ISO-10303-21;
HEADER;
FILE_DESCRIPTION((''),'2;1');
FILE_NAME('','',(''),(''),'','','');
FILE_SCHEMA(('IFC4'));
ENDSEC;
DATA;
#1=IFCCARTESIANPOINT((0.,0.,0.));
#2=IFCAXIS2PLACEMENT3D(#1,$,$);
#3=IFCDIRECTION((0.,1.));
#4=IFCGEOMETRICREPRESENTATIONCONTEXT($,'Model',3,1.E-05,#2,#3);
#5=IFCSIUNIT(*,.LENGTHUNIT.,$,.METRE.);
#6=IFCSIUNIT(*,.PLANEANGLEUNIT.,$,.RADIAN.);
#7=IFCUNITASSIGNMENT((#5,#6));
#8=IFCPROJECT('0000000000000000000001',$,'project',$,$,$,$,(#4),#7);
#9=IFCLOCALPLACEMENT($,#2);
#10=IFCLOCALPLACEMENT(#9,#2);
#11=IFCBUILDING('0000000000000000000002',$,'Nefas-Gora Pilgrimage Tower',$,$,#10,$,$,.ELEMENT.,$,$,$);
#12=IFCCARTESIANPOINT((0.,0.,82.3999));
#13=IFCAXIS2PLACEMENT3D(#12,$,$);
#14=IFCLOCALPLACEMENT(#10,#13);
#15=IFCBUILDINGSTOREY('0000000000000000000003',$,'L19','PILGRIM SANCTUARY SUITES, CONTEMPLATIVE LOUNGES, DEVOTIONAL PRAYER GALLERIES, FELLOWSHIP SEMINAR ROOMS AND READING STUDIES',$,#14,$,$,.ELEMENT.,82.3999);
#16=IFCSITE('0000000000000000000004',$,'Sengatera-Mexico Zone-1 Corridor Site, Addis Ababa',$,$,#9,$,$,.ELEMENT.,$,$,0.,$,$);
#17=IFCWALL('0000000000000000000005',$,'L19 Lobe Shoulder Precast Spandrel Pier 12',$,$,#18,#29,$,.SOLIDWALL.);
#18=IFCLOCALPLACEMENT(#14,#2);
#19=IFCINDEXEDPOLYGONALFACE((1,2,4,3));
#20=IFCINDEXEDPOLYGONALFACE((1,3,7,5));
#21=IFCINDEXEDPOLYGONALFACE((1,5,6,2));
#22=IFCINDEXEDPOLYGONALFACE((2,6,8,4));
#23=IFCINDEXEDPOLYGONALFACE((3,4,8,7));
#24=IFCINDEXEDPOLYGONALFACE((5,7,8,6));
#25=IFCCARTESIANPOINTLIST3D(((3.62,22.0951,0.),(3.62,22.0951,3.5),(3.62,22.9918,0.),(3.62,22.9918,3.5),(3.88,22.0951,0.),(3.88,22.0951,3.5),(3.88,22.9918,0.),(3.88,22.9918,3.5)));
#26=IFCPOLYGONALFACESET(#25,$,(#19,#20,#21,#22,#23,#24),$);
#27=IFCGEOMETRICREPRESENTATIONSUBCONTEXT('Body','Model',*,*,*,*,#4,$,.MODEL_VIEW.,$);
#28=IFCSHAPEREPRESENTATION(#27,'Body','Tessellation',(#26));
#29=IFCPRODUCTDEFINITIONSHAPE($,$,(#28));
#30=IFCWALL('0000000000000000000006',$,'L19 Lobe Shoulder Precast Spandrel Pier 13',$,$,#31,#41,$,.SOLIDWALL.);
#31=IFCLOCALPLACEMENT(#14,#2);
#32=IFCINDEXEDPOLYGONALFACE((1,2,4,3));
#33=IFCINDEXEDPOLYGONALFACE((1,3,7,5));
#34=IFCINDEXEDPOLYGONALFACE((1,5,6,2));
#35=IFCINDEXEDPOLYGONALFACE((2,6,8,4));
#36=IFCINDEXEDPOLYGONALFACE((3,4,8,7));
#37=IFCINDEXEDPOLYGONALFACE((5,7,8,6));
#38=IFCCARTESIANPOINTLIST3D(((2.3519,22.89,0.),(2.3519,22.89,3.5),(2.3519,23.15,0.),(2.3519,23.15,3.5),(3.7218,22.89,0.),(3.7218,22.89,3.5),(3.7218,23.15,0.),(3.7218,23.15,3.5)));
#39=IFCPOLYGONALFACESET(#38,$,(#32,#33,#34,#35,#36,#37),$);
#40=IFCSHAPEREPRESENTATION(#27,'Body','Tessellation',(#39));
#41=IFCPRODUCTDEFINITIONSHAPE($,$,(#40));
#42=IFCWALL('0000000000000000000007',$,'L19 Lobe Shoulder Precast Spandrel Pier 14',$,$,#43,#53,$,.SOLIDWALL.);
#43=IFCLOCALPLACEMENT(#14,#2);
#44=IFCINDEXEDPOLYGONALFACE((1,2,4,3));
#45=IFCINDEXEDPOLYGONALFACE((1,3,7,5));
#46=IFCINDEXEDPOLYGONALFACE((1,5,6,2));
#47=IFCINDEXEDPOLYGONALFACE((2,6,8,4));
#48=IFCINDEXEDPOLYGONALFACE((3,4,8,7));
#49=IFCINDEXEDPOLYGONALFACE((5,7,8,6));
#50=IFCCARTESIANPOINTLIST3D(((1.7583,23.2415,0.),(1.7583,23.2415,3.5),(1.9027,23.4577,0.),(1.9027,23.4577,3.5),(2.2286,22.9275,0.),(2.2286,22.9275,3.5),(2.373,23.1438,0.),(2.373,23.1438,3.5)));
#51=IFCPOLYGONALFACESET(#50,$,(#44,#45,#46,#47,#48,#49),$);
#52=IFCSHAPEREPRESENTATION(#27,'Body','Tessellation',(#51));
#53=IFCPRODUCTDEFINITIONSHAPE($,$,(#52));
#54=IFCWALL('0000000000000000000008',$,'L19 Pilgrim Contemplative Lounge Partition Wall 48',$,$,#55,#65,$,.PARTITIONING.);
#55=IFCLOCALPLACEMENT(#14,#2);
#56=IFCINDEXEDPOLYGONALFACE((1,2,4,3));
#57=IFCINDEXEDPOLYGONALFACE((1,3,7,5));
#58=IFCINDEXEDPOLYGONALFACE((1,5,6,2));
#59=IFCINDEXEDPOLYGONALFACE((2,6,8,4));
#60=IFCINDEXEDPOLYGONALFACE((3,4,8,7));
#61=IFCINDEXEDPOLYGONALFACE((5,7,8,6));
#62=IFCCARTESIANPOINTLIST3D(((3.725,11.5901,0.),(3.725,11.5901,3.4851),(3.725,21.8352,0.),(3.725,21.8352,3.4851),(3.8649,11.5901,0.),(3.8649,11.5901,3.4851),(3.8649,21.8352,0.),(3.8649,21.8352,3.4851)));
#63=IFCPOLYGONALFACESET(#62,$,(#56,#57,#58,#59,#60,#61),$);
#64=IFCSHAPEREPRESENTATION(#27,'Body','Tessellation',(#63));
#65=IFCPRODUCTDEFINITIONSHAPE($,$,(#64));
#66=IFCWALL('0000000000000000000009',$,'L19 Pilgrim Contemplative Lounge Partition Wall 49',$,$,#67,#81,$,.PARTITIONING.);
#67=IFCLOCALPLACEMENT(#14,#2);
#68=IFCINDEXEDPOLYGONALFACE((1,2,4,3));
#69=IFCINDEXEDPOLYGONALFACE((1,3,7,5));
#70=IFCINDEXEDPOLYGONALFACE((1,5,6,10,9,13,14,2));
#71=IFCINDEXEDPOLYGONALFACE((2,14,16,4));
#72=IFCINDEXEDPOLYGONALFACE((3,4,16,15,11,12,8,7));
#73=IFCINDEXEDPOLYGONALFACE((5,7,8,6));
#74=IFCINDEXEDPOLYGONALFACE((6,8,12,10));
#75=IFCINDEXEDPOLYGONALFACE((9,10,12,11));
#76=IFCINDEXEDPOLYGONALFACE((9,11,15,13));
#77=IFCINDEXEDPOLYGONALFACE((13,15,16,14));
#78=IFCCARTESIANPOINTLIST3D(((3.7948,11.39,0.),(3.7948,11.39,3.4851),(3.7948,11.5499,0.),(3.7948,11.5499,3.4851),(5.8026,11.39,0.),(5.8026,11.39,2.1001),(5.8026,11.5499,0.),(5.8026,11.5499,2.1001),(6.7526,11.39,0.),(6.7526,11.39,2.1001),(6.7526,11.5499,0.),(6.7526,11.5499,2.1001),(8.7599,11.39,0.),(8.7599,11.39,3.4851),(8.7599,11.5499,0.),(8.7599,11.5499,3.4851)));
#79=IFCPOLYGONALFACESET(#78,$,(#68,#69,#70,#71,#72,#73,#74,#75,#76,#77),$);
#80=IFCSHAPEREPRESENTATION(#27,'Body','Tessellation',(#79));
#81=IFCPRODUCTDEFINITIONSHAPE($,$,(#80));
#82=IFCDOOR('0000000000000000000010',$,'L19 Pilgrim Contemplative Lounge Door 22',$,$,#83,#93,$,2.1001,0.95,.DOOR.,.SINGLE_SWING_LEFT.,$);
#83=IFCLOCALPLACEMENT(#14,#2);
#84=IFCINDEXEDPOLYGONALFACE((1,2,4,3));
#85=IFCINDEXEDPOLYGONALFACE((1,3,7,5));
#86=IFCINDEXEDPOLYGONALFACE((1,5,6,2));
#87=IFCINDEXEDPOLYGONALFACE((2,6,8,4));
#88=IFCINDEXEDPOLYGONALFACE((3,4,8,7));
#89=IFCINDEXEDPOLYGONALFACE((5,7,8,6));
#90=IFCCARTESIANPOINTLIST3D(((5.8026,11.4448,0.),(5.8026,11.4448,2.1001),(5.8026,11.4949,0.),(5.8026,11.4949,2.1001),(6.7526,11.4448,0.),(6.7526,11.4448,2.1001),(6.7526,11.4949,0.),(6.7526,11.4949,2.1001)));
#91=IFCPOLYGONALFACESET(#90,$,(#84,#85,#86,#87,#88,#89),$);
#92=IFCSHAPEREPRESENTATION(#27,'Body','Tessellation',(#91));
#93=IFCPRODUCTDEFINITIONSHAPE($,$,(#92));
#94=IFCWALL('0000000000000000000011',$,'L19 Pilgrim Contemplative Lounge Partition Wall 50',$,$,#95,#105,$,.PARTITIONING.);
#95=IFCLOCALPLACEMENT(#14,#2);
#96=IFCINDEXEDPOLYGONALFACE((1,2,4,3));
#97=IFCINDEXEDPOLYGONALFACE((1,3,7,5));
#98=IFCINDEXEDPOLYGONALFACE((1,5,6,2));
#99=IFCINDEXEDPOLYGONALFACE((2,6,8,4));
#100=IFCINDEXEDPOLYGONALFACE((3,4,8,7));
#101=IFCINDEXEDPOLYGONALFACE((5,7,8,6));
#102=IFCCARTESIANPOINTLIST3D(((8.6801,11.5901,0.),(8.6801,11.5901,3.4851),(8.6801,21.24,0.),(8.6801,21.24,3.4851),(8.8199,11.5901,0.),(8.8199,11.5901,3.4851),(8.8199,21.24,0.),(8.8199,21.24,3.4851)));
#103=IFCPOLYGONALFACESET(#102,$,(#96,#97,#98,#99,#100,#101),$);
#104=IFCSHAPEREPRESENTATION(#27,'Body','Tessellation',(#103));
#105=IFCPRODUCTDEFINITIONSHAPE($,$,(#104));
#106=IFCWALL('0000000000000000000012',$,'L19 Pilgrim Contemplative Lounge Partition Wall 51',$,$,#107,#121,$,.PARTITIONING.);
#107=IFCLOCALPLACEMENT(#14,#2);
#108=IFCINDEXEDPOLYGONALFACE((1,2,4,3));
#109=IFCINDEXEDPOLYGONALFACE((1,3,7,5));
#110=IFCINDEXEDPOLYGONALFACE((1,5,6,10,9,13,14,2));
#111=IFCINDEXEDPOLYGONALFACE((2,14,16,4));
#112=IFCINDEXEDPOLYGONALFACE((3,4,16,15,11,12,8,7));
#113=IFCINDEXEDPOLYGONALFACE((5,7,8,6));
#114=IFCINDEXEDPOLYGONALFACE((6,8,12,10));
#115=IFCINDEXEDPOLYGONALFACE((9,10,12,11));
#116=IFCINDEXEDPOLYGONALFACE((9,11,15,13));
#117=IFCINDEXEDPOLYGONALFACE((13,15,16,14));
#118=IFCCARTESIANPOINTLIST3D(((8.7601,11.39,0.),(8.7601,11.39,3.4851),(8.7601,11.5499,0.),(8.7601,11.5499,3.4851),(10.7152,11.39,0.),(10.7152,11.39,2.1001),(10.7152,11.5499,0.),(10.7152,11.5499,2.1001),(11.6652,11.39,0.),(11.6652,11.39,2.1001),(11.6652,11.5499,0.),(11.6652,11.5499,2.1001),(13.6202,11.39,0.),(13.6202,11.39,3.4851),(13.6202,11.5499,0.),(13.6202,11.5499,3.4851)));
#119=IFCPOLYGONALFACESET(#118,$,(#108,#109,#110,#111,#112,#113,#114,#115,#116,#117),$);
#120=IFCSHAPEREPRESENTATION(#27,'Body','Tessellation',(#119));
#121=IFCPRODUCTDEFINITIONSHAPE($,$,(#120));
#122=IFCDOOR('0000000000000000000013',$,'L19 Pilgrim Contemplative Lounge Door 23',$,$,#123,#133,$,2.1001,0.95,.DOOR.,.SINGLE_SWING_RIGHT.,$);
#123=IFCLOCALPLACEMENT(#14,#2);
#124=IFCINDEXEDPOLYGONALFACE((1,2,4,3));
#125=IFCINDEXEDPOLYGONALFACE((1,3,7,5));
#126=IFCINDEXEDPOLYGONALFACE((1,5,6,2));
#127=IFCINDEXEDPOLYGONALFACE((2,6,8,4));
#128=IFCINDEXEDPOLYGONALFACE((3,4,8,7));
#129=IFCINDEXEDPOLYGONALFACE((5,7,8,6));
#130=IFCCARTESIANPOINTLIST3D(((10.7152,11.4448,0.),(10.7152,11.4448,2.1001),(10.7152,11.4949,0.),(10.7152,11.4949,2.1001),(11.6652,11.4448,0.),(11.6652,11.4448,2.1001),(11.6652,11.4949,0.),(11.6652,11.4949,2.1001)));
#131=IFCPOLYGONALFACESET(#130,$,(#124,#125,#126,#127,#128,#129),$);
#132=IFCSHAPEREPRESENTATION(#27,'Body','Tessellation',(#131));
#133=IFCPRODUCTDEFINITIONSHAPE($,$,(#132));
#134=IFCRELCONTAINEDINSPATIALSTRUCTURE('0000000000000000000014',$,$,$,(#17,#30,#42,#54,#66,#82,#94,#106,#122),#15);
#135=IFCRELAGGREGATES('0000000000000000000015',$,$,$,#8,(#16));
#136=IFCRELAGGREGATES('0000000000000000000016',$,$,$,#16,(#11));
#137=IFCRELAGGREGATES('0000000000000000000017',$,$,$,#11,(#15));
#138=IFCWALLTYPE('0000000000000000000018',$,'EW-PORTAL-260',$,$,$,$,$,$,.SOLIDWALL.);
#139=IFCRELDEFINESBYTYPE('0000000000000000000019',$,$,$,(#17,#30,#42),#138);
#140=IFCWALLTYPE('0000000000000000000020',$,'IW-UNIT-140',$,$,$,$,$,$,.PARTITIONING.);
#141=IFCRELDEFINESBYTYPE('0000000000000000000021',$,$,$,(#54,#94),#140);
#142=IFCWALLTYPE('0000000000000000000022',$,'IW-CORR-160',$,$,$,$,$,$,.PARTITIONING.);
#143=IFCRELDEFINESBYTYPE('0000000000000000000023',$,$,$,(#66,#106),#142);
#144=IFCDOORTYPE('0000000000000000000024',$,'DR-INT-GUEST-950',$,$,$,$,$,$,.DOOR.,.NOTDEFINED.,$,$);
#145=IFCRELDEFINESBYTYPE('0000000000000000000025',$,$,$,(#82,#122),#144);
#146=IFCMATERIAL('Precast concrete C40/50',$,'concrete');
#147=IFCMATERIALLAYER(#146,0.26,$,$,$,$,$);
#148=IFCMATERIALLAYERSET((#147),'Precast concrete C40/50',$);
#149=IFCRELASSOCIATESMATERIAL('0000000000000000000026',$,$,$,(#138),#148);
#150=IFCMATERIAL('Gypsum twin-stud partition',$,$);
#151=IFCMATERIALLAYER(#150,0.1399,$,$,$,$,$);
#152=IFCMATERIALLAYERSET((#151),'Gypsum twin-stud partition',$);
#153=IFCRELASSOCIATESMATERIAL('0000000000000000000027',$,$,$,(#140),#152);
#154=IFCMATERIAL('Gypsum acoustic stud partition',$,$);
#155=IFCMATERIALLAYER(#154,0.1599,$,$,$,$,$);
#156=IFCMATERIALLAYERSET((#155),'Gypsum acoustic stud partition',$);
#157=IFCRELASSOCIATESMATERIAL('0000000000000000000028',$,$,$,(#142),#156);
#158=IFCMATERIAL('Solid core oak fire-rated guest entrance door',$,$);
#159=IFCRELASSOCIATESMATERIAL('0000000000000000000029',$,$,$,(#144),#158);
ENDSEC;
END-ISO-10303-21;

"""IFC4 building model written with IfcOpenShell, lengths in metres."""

from ifc_helpers import new_model, si_unit, direction, frame, frame_2d, origin, place, context, subcontext, project, spatial, rectangle, extrude, source, transform, mapped, material, layer, layer_set, type_object, element, fill, save


model = new_model("IFC4")

# Units and contexts
model_context = context("Model", 3, precision=1e-05, world=origin(), true_north=direction((0.0, 1.0)))
body_context = subcontext(model_context, "Body", "Model", "MODEL_VIEW")
ifc_project = project(units=[si_unit("LENGTHUNIT", "METRE"), si_unit("PLANEANGLEUNIT", "RADIAN")], contexts=[model_context])

# Site, building, storey
site_placement = place(None, origin())
site = spatial("IfcSite", under=ifc_project, at=site_placement, Name="Sengatera-Mexico Zone-1 Corridor Site, Addis Ababa", CompositionType="ELEMENT", RefElevation=0.0)
building_placement = place(site_placement, origin())
building = spatial("IfcBuilding", under=site, at=building_placement, Name="Nefas-Gora Pilgrimage Tower", CompositionType="ELEMENT")
storey_placement = place(building_placement, frame((0.0, 0.0, 82.3999)))
storey = spatial("IfcBuildingStorey", under=building, at=storey_placement, Name="L19", Description="PILGRIM SANCTUARY SUITES, CONTEMPLATIVE LOUNGES, DEVOTIONAL PRAYER GALLERIES, FELLOWSHIP SEMINAR ROOMS AND READING STUDIES", CompositionType="ELEMENT", Elevation=82.3999)

# Walls
ifc_material_1 = material(Name="Precast concrete C40/50", Category="concrete")
ifc_layer_1 = layer(ifc_material_1, 0.26)
ifc_layer_set_1 = layer_set([ifc_layer_1], Name="Precast concrete C40/50")
wall_type_1 = type_object("IfcWallType", Name="EW-PORTAL-260", PredefinedType="SOLIDWALL", material=ifc_layer_set_1)
shared_shape_1 = source(origin(), body_context, "Body", "SweptSolid", [
    extrude(rectangle(XDim=0.8967, YDim=0.26, at=frame_2d((0.4482, 0.0))), origin(), (0.0, 0.0, 1.0), 3.5),
])
wall_1_placement = place(storey_placement, frame((3.75, 22.0952, 0.0), z_axis=(0.0, 0.0, 1.0), x_axis=(0.0, 1.0, 0.0)))
element("IfcWall", 1, at=wall_1_placement, inside=storey, type_object=wall_type_1, Name="L19 Lobe Shoulder Precast Spandrel Pier 12", PredefinedType="SOLIDWALL", context=body_context, shape_type="MappedRepresentation", body=[
    mapped(shared_shape_1, transform((0.0, 0.0, 0.0), x_axis=(1.0, 0.0, 0.0), y_axis=(0.0, 1.0, 0.0), z_axis=(0.0, 0.0, 1.0), scale=1.0)),
])
shared_shape_2 = source(origin(), body_context, "Body", "SweptSolid", [
    extrude(rectangle(XDim=1.3699, YDim=0.26, at=frame_2d((0.6851, 0.0))), origin(), (0.0, 0.0, 1.0), 3.5),
])
wall_2_placement = place(storey_placement, frame((3.7219, 23.02, 0.0), z_axis=(0.0, 0.0, 1.0), x_axis=(-1.0, 0.0, 0.0)))
element("IfcWall", 2, at=wall_2_placement, inside=storey, type_object=wall_type_1, Name="L19 Lobe Shoulder Precast Spandrel Pier 13", PredefinedType="SOLIDWALL", context=body_context, shape_type="MappedRepresentation", body=[
    mapped(shared_shape_2, transform((0.0, 0.0, 0.0), x_axis=(1.0, 0.0, 0.0), y_axis=(0.0, 1.0, 0.0), z_axis=(0.0, 0.0, 1.0), scale=1.0)),
])
shared_shape_3 = source(origin(), body_context, "Body", "SweptSolid", [
    extrude(rectangle(XDim=0.5654, YDim=0.26, at=frame_2d((0.2827, 0.0))), origin(), (0.0, 0.0, 1.0), 3.5),
])
wall_3_placement = place(storey_placement, frame((2.3008, 23.0356, 0.0), z_axis=(0.0, 0.0, 1.0), x_axis=(-0.831651, 0.555298, 0.0)))
element("IfcWall", 3, at=wall_3_placement, inside=storey, type_object=wall_type_1, Name="L19 Lobe Shoulder Precast Spandrel Pier 14", PredefinedType="SOLIDWALL", context=body_context, shape_type="MappedRepresentation", body=[
    mapped(shared_shape_3, transform((0.0, 0.0, 0.0), x_axis=(1.0, 0.0, 0.0), y_axis=(0.0, 1.0, 0.0), z_axis=(0.0, 0.0, 1.0), scale=1.0)),
])
ifc_material_2 = material(Name="Gypsum twin-stud partition")
ifc_layer_2 = layer(ifc_material_2, 0.1399)
ifc_layer_set_2 = layer_set([ifc_layer_2], Name="Gypsum twin-stud partition")
wall_type_2 = type_object("IfcWallType", Name="IW-UNIT-140", PredefinedType="PARTITIONING", material=ifc_layer_set_2)
shared_shape_4 = source(origin(), body_context, "Body", "SweptSolid", [
    extrude(rectangle(XDim=10.2451, YDim=0.1399, at=frame_2d((5.1226, 0.0))), origin(), (0.0, 0.0, 1.0), 3.4851),
])
wall_4_placement = place(storey_placement, frame((3.7949, 11.5901, 0.0), z_axis=(0.0, 0.0, 1.0), x_axis=(0.0, 1.0, 0.0)))
element("IfcWall", 4, at=wall_4_placement, inside=storey, type_object=wall_type_2, Name="L19 Pilgrim Contemplative Lounge Partition Wall 48", PredefinedType="PARTITIONING", context=body_context, shape_type="MappedRepresentation", body=[
    mapped(shared_shape_4, transform((0.0, 0.0, 0.0), x_axis=(1.0, 0.0, 0.0), y_axis=(0.0, 1.0, 0.0), z_axis=(0.0, 0.0, 1.0), scale=1.0)),
])

# Wall, opening, door
ifc_material_3 = material(Name="Gypsum acoustic stud partition")
ifc_layer_3 = layer(ifc_material_3, 0.1599)
ifc_layer_set_3 = layer_set([ifc_layer_3], Name="Gypsum acoustic stud partition")
wall_type_3 = type_object("IfcWallType", Name="IW-CORR-160", PredefinedType="PARTITIONING", material=ifc_layer_set_3)
shared_shape_5 = source(origin(), body_context, "Body", "SweptSolid", [
    extrude(rectangle(XDim=4.9651, YDim=0.1599, at=frame_2d((2.4824, 0.0))), origin(), (0.0, 0.0, 1.0), 3.4851),
])
wall_5_placement = place(storey_placement, frame((3.7949, 11.47, 0.0), z_axis=(0.0, 0.0, 1.0), x_axis=(1.0, 0.0, 0.0)))
wall_5 = element("IfcWall", 5, at=wall_5_placement, inside=storey, type_object=wall_type_3, Name="L19 Pilgrim Contemplative Lounge Partition Wall 49", PredefinedType="PARTITIONING", context=body_context, shape_type="MappedRepresentation", body=[
    mapped(shared_shape_5, transform((0.0, 0.0, 0.0), x_axis=(1.0, 0.0, 0.0), y_axis=(0.0, 1.0, 0.0), z_axis=(0.0, 0.0, 1.0), scale=1.0)),
])
opening_1_placement = place(wall_5_placement, frame((2.0076, 0.0, 0.0)))
opening_1 = element("IfcOpeningElement", 6, at=opening_1_placement, cuts=wall_5, PredefinedType="OPENING", context=body_context, shape_type="SweptSolid", body=[
    extrude(rectangle(XDim=0.95, YDim=2.1001, at=frame_2d((0.4751, 1.05))), frame((0.0, 0.0898, 0.0), z_axis=(0.0, -1.0, 0.0), x_axis=(1.0, 0.0, 0.0)), (0.0, 0.0, 1.0), 0.1799),
])
ifc_material_4 = material(Name="Solid core oak fire-rated guest entrance door")
door_type = type_object("IfcDoorType", Name="DR-INT-GUEST-950", OperationType="NOTDEFINED", PredefinedType="DOOR", material=ifc_material_4)
shared_shape_6 = source(origin(), body_context, "Body", "SweptSolid", [
    extrude(rectangle(XDim=0.95, YDim=2.1001, at=frame_2d((0.4751, 1.05))), frame((0.0, 0.0249, 0.0), z_axis=(0.0, -1.0, 0.0), x_axis=(1.0, 0.0, 0.0)), (0.0, 0.0, 1.0), 0.05),
])
door_1_placement = place(opening_1_placement, origin())
door_1 = element("IfcDoor", 7, at=door_1_placement, inside=storey, type_object=door_type, Name="L19 Pilgrim Contemplative Lounge Door 22", OperationType="SINGLE_SWING_LEFT", OverallHeight=2.1001, OverallWidth=0.95, PredefinedType="DOOR", context=body_context, shape_type="MappedRepresentation", body=[
    mapped(shared_shape_6, transform((0.0, 0.0, 0.0), x_axis=(1.0, 0.0, 0.0), y_axis=(0.0, 1.0, 0.0), z_axis=(0.0, 0.0, 1.0), scale=1.0)),
])
fill(opening_1, door_1)

# Wall
shared_shape_7 = source(origin(), body_context, "Body", "SweptSolid", [
    extrude(rectangle(XDim=9.6499, YDim=0.1399, at=frame_2d((4.825, 0.0))), origin(), (0.0, 0.0, 1.0), 3.4851),
])
wall_6_placement = place(storey_placement, frame((8.75, 11.5901, 0.0), z_axis=(0.0, 0.0, 1.0), x_axis=(0.0, 1.0, 0.0)))
element("IfcWall", 8, at=wall_6_placement, inside=storey, type_object=wall_type_2, Name="L19 Pilgrim Contemplative Lounge Partition Wall 50", PredefinedType="PARTITIONING", context=body_context, shape_type="MappedRepresentation", body=[
    mapped(shared_shape_7, transform((0.0, 0.0, 0.0), x_axis=(1.0, 0.0, 0.0), y_axis=(0.0, 1.0, 0.0), z_axis=(0.0, 0.0, 1.0), scale=1.0)),
])

# Wall, opening, door
shared_shape_8 = source(origin(), body_context, "Body", "SweptSolid", [
    extrude(rectangle(XDim=4.8601, YDim=0.1599, at=frame_2d((2.4302, 0.0))), origin(), (0.0, 0.0, 1.0), 3.4851),
])
wall_7_placement = place(storey_placement, frame((8.76, 11.47, 0.0), z_axis=(0.0, 0.0, 1.0), x_axis=(1.0, 0.0, 0.0)))
wall_7 = element("IfcWall", 9, at=wall_7_placement, inside=storey, type_object=wall_type_3, Name="L19 Pilgrim Contemplative Lounge Partition Wall 51", PredefinedType="PARTITIONING", context=body_context, shape_type="MappedRepresentation", body=[
    mapped(shared_shape_8, transform((0.0, 0.0, 0.0), x_axis=(1.0, 0.0, 0.0), y_axis=(0.0, 1.0, 0.0), z_axis=(0.0, 0.0, 1.0), scale=1.0)),
])
opening_2_placement = place(wall_7_placement, frame((1.9551, 0.0, 0.0)))
opening_2 = element("IfcOpeningElement", 10, at=opening_2_placement, cuts=wall_7, PredefinedType="OPENING", context=body_context, shape_type="SweptSolid", body=[
    extrude(rectangle(XDim=0.95, YDim=2.1001, at=frame_2d((0.4751, 1.05))), frame((0.0, 0.0898, 0.0), z_axis=(0.0, -1.0, 0.0), x_axis=(1.0, 0.0, 0.0)), (0.0, 0.0, 1.0), 0.1799),
])
door_2_placement = place(opening_2_placement, origin())
door_2 = element("IfcDoor", 11, at=door_2_placement, inside=storey, type_object=door_type, Name="L19 Pilgrim Contemplative Lounge Door 23", OperationType="SINGLE_SWING_RIGHT", OverallHeight=2.1001, OverallWidth=0.95, PredefinedType="DOOR", context=body_context, shape_type="MappedRepresentation", body=[
    mapped(shared_shape_6, transform((0.0, 0.0, 0.0), x_axis=(1.0, 0.0, 0.0), y_axis=(0.0, 1.0, 0.0), z_axis=(0.0, 0.0, 1.0), scale=1.0)),
])
fill(opening_2, door_2)

save(model, "model.ifc")
